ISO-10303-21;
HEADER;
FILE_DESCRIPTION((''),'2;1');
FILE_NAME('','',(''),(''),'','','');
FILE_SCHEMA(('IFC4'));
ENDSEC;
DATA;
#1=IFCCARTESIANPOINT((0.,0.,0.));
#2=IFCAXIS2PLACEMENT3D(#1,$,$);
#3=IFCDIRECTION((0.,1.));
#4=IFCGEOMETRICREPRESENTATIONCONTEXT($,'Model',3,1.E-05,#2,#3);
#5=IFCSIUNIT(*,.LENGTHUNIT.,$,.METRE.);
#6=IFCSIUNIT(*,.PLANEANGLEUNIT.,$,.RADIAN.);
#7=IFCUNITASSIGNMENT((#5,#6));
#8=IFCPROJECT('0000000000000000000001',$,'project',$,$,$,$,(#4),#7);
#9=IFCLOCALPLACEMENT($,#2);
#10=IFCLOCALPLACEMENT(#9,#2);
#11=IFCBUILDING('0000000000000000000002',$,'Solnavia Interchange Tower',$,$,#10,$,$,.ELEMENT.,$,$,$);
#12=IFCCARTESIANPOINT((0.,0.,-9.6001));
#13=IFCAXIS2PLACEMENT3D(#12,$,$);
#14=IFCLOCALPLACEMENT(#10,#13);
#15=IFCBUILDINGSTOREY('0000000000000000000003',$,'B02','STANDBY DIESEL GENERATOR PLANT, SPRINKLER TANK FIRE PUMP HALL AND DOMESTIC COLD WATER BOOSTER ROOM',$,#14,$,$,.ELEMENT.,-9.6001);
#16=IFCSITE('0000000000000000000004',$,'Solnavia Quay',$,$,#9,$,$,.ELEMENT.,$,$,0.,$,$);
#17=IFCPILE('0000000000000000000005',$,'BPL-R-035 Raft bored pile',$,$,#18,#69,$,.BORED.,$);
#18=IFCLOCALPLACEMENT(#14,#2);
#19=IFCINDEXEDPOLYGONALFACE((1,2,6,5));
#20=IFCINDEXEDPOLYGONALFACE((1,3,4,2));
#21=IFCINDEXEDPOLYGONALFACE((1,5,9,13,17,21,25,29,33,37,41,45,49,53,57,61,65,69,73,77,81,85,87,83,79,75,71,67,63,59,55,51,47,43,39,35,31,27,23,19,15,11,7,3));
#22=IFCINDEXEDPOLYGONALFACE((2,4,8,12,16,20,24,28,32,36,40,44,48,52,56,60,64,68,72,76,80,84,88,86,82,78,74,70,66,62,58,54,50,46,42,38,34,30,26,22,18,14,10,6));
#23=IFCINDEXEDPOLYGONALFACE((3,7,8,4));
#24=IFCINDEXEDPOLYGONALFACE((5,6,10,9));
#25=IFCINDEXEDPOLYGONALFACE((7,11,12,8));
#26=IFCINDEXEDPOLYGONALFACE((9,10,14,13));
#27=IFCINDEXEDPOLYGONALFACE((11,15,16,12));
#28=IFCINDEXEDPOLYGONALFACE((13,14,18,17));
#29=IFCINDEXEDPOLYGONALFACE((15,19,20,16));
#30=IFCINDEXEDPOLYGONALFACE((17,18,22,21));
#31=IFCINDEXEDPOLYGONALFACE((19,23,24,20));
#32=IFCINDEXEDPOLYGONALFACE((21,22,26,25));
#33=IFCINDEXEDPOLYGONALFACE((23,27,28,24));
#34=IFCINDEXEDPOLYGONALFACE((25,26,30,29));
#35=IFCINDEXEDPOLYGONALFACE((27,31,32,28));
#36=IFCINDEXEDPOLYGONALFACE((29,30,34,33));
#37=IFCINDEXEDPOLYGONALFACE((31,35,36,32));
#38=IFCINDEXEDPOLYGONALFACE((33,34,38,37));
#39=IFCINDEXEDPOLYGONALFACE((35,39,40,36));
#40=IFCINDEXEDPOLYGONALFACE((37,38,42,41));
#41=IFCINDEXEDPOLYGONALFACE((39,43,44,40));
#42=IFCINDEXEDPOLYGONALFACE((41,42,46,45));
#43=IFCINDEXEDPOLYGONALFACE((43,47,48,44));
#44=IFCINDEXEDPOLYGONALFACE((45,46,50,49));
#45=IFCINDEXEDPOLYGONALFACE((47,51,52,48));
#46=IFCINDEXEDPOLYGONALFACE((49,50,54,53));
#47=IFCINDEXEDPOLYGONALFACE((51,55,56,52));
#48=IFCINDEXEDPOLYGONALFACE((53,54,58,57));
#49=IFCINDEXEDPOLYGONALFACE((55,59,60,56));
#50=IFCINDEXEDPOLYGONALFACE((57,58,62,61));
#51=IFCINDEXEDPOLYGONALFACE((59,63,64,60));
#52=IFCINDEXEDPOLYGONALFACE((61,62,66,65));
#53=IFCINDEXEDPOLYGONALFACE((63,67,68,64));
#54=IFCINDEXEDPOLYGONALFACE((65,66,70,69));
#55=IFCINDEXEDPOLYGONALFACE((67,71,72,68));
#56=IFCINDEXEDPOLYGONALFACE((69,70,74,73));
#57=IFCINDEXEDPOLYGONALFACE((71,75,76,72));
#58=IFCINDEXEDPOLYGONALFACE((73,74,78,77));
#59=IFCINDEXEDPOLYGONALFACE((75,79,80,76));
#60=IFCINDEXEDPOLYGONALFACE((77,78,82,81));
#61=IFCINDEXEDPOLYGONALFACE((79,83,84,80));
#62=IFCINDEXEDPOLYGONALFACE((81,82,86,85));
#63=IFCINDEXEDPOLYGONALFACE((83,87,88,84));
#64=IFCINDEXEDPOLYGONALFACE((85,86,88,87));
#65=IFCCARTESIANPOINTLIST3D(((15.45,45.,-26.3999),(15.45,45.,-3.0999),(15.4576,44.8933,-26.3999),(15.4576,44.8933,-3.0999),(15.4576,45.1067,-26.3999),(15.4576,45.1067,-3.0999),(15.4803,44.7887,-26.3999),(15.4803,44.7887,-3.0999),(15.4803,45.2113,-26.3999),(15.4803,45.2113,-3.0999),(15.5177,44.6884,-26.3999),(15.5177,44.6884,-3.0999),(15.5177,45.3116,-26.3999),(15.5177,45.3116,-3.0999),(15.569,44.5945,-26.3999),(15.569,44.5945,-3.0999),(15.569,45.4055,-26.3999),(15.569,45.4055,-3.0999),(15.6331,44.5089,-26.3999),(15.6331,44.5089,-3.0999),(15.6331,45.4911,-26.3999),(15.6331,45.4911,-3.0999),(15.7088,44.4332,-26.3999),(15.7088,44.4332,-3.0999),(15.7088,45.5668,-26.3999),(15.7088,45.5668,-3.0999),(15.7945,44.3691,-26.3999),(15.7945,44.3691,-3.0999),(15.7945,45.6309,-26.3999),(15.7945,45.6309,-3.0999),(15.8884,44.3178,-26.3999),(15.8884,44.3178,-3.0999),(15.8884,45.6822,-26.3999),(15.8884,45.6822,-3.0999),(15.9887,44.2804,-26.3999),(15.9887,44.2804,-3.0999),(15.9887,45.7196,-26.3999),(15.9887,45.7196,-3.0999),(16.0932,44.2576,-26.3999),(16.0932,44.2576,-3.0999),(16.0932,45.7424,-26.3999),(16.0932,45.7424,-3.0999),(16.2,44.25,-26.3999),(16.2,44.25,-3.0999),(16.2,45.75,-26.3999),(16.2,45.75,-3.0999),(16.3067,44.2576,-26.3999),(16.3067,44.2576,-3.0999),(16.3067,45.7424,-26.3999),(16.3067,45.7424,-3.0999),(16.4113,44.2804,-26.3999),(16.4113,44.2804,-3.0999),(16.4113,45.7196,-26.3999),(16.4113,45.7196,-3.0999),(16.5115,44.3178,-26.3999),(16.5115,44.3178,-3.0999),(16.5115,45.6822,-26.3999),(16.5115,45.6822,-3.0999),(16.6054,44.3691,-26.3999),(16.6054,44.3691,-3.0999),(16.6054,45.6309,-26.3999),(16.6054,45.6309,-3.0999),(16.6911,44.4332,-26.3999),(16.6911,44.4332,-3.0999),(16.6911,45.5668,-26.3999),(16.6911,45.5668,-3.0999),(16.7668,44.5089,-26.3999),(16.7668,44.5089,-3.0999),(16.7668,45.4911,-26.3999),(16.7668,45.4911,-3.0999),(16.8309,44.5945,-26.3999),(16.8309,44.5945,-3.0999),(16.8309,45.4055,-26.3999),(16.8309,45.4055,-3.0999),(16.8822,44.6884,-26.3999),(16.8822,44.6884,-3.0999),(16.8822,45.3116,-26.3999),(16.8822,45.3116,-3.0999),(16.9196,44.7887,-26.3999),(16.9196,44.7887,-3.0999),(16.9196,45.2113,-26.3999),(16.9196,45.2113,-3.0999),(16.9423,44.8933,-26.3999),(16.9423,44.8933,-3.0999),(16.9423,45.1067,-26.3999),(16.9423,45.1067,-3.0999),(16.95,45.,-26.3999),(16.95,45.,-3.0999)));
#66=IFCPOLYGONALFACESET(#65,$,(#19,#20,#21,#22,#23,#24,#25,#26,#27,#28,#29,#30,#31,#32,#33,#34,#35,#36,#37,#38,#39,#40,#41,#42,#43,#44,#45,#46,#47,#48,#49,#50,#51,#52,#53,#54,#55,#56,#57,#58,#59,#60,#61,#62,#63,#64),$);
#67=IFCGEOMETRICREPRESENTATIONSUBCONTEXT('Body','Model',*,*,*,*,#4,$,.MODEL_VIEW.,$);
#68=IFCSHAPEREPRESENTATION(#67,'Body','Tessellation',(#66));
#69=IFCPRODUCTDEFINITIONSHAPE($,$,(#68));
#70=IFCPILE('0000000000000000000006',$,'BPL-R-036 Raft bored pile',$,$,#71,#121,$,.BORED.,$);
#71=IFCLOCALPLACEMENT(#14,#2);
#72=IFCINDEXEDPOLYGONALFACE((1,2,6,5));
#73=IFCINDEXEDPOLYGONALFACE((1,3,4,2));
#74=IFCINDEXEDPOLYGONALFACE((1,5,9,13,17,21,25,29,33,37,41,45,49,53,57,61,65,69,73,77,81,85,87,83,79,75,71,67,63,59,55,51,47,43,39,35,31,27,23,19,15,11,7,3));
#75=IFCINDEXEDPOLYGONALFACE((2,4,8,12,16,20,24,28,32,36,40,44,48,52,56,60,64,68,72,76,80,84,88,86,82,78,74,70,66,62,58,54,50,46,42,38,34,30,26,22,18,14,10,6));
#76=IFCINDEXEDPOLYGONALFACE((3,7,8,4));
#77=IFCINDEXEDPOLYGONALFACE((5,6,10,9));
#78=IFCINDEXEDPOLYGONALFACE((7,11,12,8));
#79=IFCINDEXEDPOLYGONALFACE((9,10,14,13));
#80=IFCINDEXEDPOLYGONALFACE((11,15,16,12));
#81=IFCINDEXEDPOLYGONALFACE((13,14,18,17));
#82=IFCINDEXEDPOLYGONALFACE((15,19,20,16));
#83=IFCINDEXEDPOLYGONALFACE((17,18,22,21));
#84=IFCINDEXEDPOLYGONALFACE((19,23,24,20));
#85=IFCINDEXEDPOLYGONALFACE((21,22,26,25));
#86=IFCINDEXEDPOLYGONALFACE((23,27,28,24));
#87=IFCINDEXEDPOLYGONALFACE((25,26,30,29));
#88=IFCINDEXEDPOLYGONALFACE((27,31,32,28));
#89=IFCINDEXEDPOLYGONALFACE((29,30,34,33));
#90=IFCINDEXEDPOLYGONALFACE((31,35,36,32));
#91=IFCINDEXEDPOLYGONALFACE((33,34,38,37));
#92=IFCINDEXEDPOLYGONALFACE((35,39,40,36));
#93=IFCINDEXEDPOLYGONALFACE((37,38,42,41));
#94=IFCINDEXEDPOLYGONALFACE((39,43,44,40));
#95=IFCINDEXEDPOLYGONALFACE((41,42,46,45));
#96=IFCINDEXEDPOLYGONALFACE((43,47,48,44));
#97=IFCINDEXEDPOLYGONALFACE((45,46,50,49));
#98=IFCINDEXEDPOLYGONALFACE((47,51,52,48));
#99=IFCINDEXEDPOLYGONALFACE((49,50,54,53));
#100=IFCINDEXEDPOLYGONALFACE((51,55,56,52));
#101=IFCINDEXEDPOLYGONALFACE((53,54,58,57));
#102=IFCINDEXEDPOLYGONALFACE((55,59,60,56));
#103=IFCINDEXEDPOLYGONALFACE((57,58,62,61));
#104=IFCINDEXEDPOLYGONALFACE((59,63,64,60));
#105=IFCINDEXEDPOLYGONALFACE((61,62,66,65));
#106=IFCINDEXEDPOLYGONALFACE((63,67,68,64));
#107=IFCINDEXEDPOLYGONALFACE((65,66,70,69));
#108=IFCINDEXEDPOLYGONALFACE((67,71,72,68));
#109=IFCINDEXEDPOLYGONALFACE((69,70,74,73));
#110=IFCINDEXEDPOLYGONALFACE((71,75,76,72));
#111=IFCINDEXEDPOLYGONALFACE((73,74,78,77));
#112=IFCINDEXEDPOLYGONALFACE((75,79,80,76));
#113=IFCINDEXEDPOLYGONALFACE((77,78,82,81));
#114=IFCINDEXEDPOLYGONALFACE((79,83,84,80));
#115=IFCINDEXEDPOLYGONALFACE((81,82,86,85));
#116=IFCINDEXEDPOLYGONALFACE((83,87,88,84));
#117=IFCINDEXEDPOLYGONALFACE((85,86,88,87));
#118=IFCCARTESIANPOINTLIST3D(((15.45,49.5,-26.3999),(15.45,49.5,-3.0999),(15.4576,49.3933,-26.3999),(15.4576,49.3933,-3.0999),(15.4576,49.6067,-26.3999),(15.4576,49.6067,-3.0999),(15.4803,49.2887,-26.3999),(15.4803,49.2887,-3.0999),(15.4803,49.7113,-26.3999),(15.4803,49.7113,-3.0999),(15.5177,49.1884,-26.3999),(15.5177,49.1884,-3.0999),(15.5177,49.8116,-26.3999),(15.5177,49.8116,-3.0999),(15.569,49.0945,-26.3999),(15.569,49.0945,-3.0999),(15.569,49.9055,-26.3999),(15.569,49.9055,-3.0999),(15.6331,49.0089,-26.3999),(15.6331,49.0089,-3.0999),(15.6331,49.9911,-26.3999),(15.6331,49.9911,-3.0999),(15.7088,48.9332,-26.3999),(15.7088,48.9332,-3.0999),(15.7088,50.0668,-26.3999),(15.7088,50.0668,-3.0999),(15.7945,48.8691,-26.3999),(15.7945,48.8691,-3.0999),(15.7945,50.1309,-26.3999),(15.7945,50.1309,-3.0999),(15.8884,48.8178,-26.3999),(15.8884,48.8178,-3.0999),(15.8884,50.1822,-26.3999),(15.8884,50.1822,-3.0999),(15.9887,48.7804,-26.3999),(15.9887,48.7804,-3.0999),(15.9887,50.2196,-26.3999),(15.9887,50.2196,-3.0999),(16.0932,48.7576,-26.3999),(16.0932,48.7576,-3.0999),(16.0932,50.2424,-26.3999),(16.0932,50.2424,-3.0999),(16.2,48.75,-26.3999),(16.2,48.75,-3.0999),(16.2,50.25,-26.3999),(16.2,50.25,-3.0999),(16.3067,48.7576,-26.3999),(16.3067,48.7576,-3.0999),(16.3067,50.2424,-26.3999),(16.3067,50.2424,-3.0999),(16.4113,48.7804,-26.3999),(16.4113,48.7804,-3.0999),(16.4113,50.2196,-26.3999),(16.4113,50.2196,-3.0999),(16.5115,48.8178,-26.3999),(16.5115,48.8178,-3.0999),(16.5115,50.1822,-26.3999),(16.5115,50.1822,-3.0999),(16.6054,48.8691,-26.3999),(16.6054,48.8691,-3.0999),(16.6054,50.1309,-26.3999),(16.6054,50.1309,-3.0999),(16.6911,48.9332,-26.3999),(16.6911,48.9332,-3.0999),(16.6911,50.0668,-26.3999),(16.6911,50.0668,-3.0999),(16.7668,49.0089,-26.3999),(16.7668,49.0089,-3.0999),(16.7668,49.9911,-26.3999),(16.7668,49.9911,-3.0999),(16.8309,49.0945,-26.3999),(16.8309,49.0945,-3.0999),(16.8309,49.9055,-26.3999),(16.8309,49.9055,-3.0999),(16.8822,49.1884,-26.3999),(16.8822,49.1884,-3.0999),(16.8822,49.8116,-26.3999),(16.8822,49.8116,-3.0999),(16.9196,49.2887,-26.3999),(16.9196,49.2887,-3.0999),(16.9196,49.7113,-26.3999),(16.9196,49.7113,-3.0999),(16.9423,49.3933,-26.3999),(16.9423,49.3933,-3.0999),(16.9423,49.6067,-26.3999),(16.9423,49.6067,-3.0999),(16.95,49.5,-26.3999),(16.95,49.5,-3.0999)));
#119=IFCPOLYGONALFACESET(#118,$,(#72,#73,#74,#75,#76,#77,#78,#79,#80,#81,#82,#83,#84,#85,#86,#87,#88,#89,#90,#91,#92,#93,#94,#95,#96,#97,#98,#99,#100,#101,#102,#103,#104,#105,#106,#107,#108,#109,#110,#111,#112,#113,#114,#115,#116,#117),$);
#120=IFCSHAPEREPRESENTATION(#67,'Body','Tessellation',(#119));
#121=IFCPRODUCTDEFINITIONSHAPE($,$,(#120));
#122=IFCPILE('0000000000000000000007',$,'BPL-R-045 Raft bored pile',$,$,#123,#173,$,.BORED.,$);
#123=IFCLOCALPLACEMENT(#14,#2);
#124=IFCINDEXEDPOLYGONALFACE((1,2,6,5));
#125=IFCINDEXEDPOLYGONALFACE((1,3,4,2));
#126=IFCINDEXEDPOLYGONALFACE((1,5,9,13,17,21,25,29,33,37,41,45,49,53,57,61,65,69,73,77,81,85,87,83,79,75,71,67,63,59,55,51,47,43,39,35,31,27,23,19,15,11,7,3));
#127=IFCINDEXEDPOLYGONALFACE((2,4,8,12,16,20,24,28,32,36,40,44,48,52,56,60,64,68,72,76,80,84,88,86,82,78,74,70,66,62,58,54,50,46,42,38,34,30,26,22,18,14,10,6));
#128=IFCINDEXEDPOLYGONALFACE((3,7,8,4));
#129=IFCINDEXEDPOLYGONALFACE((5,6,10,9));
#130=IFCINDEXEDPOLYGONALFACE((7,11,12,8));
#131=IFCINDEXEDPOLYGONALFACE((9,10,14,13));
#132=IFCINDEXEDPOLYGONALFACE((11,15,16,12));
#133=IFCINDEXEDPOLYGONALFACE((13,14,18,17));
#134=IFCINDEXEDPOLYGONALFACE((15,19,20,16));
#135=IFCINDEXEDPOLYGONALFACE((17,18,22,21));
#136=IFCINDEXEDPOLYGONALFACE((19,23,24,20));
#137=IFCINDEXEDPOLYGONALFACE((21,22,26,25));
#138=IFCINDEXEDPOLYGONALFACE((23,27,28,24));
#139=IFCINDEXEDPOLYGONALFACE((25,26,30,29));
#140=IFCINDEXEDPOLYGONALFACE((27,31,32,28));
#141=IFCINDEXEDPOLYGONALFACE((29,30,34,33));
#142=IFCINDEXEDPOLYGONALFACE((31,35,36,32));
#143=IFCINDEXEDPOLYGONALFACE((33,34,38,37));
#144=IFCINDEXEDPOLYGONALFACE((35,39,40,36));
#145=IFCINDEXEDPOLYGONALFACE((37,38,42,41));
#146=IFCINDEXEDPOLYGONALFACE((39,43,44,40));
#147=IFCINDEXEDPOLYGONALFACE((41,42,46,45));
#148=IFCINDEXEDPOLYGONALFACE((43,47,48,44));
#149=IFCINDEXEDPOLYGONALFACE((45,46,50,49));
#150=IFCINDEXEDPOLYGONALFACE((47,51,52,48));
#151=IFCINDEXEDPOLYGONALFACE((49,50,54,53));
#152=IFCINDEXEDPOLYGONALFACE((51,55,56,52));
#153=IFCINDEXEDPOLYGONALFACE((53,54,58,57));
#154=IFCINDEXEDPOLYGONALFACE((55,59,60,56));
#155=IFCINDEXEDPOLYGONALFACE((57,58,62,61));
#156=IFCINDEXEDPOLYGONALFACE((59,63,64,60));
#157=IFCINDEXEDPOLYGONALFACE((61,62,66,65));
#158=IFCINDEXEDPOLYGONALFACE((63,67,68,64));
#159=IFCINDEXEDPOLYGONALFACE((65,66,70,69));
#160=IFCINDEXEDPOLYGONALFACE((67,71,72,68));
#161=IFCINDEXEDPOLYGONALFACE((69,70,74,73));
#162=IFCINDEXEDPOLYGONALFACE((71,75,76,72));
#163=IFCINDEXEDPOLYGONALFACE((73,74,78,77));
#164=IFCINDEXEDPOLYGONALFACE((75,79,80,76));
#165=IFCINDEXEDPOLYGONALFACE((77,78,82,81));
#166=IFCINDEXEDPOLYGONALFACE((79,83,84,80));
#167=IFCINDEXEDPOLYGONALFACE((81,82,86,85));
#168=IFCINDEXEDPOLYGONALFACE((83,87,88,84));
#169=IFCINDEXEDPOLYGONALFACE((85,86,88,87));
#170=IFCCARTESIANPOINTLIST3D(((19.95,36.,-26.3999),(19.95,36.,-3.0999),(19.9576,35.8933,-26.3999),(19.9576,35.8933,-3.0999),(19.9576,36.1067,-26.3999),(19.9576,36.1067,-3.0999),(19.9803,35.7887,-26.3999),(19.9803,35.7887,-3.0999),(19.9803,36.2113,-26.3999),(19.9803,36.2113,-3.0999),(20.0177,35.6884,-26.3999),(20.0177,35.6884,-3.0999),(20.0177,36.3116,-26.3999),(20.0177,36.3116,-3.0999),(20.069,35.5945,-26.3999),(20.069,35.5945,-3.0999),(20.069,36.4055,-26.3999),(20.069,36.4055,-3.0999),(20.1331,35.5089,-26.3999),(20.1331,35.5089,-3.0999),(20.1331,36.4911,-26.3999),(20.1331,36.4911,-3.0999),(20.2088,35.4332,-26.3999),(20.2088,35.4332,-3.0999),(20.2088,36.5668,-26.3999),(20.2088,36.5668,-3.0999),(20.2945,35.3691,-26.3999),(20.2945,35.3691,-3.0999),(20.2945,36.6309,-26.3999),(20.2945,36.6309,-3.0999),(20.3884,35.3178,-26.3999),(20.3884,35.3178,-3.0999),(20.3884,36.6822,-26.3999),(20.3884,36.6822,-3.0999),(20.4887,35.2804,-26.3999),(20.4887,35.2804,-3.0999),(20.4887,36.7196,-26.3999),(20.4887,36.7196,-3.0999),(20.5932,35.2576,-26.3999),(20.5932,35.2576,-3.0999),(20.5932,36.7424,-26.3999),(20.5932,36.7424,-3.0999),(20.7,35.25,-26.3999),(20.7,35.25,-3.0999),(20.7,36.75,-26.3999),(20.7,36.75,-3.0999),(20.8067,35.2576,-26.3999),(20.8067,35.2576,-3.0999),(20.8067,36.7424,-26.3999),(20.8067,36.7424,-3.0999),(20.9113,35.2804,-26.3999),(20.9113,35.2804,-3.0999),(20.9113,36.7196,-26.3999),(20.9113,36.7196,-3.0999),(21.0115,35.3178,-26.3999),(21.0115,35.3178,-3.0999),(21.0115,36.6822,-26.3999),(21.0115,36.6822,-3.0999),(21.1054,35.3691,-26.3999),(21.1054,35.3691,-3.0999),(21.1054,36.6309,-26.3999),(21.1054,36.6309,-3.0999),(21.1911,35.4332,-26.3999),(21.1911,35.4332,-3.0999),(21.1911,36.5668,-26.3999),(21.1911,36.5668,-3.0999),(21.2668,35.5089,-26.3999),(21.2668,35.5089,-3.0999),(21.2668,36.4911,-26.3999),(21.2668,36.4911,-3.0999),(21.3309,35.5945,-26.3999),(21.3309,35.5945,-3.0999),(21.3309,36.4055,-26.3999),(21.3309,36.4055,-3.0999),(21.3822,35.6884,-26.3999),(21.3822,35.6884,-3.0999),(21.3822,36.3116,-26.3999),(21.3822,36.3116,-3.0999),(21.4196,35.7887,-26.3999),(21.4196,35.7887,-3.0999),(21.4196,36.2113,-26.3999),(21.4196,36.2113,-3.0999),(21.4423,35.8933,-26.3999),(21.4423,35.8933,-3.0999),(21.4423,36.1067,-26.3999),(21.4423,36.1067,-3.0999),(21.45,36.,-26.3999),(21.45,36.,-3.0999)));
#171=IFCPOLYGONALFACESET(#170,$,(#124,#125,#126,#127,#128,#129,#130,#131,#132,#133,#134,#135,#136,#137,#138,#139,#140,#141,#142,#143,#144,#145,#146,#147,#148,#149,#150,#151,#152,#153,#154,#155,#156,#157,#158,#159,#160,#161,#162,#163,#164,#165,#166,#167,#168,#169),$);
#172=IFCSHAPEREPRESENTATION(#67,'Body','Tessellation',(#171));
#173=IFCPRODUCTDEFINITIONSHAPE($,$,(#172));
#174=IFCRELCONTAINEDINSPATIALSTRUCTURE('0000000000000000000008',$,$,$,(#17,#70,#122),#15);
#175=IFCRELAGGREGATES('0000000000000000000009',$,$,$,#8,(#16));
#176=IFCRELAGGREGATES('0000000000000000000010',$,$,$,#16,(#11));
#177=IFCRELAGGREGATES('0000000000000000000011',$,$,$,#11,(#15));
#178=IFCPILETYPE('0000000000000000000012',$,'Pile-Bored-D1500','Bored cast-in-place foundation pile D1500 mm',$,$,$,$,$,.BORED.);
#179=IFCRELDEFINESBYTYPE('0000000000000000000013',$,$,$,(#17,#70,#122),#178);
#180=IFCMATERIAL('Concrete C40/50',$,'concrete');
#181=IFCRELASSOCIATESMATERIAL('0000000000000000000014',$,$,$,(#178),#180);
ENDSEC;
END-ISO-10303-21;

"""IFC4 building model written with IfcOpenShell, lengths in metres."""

from ifc_helpers import new_model, si_unit, direction, frame, origin, origin_2d, place, context, subcontext, project, spatial, circle, extrude, material, material_profile, profile_set, type_object, element, save


model = new_model("IFC4")

# Units and contexts
model_context = context("Model", 3, precision=1e-05, world=origin(), true_north=direction((0.0, 1.0)))
body_context = subcontext(model_context, "Body", "Model", "MODEL_VIEW")
ifc_project = project(units=[si_unit("LENGTHUNIT", "METRE"), si_unit("PLANEANGLEUNIT", "RADIAN")], contexts=[model_context])

# Site, building, storey
site_placement = place(None, origin())
site = spatial("IfcSite", under=ifc_project, at=site_placement, Name="Solnavia Quay", CompositionType="ELEMENT", RefElevation=0.0)
building_placement = place(site_placement, origin())
building = spatial("IfcBuilding", under=site, at=building_placement, Name="Solnavia Interchange Tower", CompositionType="ELEMENT")
storey_placement = place(building_placement, frame((0.0, 0.0, -9.6001)))
storey = spatial("IfcBuildingStorey", under=building, at=storey_placement, Name="B02", Description="STANDBY DIESEL GENERATOR PLANT, SPRINKLER TANK FIRE PUMP HALL AND DOMESTIC COLD WATER BOOSTER ROOM", CompositionType="ELEMENT", Elevation=-9.6001)

# Shared definitions
ifc_material_1 = material(Name="Concrete C40/50", Category="concrete")

# Piles
ifc_material_profile_1 = material_profile(ifc_material_1, circle(Radius=0.75, at=origin_2d()), Name="PILE D1500")
ifc_profile_set_1 = profile_set([ifc_material_profile_1], Name="Concrete C40/50")
pile_type = type_object("IfcPileType", Name="Pile-Bored-D1500", Description="Bored cast-in-place foundation pile D1500 mm", PredefinedType="BORED", material=ifc_profile_set_1)
for number, where, z_axis, x_axis, name in (
    (1, (16.2, 45.0, -3.0999), (0.0, 0.0, -1.0), (1.0, 0.0, 0.0), "BPL-R-035 Raft bored pile"),
    (2, (16.2, 49.5, -3.0999), (0.0, 0.0, -1.0), (1.0, 0.0, 0.0), "BPL-R-036 Raft bored pile"),
    (3, (20.7, 36.0, -3.0999), (0.0, 0.0, -1.0), (1.0, 0.0, 0.0), "BPL-R-045 Raft bored pile"),
):
    element("IfcPile", number, at=place(storey_placement, frame(where, z_axis=z_axis, x_axis=x_axis)), inside=storey, type_object=pile_type, Name=name, PredefinedType="BORED", context=body_context, shape_type="SweptSolid", body=[
        extrude(circle(Radius=0.75, at=origin_2d()), origin(), (0.0, 0.0, 1.0), 23.3),
    ])

save(model, "model.ifc")
